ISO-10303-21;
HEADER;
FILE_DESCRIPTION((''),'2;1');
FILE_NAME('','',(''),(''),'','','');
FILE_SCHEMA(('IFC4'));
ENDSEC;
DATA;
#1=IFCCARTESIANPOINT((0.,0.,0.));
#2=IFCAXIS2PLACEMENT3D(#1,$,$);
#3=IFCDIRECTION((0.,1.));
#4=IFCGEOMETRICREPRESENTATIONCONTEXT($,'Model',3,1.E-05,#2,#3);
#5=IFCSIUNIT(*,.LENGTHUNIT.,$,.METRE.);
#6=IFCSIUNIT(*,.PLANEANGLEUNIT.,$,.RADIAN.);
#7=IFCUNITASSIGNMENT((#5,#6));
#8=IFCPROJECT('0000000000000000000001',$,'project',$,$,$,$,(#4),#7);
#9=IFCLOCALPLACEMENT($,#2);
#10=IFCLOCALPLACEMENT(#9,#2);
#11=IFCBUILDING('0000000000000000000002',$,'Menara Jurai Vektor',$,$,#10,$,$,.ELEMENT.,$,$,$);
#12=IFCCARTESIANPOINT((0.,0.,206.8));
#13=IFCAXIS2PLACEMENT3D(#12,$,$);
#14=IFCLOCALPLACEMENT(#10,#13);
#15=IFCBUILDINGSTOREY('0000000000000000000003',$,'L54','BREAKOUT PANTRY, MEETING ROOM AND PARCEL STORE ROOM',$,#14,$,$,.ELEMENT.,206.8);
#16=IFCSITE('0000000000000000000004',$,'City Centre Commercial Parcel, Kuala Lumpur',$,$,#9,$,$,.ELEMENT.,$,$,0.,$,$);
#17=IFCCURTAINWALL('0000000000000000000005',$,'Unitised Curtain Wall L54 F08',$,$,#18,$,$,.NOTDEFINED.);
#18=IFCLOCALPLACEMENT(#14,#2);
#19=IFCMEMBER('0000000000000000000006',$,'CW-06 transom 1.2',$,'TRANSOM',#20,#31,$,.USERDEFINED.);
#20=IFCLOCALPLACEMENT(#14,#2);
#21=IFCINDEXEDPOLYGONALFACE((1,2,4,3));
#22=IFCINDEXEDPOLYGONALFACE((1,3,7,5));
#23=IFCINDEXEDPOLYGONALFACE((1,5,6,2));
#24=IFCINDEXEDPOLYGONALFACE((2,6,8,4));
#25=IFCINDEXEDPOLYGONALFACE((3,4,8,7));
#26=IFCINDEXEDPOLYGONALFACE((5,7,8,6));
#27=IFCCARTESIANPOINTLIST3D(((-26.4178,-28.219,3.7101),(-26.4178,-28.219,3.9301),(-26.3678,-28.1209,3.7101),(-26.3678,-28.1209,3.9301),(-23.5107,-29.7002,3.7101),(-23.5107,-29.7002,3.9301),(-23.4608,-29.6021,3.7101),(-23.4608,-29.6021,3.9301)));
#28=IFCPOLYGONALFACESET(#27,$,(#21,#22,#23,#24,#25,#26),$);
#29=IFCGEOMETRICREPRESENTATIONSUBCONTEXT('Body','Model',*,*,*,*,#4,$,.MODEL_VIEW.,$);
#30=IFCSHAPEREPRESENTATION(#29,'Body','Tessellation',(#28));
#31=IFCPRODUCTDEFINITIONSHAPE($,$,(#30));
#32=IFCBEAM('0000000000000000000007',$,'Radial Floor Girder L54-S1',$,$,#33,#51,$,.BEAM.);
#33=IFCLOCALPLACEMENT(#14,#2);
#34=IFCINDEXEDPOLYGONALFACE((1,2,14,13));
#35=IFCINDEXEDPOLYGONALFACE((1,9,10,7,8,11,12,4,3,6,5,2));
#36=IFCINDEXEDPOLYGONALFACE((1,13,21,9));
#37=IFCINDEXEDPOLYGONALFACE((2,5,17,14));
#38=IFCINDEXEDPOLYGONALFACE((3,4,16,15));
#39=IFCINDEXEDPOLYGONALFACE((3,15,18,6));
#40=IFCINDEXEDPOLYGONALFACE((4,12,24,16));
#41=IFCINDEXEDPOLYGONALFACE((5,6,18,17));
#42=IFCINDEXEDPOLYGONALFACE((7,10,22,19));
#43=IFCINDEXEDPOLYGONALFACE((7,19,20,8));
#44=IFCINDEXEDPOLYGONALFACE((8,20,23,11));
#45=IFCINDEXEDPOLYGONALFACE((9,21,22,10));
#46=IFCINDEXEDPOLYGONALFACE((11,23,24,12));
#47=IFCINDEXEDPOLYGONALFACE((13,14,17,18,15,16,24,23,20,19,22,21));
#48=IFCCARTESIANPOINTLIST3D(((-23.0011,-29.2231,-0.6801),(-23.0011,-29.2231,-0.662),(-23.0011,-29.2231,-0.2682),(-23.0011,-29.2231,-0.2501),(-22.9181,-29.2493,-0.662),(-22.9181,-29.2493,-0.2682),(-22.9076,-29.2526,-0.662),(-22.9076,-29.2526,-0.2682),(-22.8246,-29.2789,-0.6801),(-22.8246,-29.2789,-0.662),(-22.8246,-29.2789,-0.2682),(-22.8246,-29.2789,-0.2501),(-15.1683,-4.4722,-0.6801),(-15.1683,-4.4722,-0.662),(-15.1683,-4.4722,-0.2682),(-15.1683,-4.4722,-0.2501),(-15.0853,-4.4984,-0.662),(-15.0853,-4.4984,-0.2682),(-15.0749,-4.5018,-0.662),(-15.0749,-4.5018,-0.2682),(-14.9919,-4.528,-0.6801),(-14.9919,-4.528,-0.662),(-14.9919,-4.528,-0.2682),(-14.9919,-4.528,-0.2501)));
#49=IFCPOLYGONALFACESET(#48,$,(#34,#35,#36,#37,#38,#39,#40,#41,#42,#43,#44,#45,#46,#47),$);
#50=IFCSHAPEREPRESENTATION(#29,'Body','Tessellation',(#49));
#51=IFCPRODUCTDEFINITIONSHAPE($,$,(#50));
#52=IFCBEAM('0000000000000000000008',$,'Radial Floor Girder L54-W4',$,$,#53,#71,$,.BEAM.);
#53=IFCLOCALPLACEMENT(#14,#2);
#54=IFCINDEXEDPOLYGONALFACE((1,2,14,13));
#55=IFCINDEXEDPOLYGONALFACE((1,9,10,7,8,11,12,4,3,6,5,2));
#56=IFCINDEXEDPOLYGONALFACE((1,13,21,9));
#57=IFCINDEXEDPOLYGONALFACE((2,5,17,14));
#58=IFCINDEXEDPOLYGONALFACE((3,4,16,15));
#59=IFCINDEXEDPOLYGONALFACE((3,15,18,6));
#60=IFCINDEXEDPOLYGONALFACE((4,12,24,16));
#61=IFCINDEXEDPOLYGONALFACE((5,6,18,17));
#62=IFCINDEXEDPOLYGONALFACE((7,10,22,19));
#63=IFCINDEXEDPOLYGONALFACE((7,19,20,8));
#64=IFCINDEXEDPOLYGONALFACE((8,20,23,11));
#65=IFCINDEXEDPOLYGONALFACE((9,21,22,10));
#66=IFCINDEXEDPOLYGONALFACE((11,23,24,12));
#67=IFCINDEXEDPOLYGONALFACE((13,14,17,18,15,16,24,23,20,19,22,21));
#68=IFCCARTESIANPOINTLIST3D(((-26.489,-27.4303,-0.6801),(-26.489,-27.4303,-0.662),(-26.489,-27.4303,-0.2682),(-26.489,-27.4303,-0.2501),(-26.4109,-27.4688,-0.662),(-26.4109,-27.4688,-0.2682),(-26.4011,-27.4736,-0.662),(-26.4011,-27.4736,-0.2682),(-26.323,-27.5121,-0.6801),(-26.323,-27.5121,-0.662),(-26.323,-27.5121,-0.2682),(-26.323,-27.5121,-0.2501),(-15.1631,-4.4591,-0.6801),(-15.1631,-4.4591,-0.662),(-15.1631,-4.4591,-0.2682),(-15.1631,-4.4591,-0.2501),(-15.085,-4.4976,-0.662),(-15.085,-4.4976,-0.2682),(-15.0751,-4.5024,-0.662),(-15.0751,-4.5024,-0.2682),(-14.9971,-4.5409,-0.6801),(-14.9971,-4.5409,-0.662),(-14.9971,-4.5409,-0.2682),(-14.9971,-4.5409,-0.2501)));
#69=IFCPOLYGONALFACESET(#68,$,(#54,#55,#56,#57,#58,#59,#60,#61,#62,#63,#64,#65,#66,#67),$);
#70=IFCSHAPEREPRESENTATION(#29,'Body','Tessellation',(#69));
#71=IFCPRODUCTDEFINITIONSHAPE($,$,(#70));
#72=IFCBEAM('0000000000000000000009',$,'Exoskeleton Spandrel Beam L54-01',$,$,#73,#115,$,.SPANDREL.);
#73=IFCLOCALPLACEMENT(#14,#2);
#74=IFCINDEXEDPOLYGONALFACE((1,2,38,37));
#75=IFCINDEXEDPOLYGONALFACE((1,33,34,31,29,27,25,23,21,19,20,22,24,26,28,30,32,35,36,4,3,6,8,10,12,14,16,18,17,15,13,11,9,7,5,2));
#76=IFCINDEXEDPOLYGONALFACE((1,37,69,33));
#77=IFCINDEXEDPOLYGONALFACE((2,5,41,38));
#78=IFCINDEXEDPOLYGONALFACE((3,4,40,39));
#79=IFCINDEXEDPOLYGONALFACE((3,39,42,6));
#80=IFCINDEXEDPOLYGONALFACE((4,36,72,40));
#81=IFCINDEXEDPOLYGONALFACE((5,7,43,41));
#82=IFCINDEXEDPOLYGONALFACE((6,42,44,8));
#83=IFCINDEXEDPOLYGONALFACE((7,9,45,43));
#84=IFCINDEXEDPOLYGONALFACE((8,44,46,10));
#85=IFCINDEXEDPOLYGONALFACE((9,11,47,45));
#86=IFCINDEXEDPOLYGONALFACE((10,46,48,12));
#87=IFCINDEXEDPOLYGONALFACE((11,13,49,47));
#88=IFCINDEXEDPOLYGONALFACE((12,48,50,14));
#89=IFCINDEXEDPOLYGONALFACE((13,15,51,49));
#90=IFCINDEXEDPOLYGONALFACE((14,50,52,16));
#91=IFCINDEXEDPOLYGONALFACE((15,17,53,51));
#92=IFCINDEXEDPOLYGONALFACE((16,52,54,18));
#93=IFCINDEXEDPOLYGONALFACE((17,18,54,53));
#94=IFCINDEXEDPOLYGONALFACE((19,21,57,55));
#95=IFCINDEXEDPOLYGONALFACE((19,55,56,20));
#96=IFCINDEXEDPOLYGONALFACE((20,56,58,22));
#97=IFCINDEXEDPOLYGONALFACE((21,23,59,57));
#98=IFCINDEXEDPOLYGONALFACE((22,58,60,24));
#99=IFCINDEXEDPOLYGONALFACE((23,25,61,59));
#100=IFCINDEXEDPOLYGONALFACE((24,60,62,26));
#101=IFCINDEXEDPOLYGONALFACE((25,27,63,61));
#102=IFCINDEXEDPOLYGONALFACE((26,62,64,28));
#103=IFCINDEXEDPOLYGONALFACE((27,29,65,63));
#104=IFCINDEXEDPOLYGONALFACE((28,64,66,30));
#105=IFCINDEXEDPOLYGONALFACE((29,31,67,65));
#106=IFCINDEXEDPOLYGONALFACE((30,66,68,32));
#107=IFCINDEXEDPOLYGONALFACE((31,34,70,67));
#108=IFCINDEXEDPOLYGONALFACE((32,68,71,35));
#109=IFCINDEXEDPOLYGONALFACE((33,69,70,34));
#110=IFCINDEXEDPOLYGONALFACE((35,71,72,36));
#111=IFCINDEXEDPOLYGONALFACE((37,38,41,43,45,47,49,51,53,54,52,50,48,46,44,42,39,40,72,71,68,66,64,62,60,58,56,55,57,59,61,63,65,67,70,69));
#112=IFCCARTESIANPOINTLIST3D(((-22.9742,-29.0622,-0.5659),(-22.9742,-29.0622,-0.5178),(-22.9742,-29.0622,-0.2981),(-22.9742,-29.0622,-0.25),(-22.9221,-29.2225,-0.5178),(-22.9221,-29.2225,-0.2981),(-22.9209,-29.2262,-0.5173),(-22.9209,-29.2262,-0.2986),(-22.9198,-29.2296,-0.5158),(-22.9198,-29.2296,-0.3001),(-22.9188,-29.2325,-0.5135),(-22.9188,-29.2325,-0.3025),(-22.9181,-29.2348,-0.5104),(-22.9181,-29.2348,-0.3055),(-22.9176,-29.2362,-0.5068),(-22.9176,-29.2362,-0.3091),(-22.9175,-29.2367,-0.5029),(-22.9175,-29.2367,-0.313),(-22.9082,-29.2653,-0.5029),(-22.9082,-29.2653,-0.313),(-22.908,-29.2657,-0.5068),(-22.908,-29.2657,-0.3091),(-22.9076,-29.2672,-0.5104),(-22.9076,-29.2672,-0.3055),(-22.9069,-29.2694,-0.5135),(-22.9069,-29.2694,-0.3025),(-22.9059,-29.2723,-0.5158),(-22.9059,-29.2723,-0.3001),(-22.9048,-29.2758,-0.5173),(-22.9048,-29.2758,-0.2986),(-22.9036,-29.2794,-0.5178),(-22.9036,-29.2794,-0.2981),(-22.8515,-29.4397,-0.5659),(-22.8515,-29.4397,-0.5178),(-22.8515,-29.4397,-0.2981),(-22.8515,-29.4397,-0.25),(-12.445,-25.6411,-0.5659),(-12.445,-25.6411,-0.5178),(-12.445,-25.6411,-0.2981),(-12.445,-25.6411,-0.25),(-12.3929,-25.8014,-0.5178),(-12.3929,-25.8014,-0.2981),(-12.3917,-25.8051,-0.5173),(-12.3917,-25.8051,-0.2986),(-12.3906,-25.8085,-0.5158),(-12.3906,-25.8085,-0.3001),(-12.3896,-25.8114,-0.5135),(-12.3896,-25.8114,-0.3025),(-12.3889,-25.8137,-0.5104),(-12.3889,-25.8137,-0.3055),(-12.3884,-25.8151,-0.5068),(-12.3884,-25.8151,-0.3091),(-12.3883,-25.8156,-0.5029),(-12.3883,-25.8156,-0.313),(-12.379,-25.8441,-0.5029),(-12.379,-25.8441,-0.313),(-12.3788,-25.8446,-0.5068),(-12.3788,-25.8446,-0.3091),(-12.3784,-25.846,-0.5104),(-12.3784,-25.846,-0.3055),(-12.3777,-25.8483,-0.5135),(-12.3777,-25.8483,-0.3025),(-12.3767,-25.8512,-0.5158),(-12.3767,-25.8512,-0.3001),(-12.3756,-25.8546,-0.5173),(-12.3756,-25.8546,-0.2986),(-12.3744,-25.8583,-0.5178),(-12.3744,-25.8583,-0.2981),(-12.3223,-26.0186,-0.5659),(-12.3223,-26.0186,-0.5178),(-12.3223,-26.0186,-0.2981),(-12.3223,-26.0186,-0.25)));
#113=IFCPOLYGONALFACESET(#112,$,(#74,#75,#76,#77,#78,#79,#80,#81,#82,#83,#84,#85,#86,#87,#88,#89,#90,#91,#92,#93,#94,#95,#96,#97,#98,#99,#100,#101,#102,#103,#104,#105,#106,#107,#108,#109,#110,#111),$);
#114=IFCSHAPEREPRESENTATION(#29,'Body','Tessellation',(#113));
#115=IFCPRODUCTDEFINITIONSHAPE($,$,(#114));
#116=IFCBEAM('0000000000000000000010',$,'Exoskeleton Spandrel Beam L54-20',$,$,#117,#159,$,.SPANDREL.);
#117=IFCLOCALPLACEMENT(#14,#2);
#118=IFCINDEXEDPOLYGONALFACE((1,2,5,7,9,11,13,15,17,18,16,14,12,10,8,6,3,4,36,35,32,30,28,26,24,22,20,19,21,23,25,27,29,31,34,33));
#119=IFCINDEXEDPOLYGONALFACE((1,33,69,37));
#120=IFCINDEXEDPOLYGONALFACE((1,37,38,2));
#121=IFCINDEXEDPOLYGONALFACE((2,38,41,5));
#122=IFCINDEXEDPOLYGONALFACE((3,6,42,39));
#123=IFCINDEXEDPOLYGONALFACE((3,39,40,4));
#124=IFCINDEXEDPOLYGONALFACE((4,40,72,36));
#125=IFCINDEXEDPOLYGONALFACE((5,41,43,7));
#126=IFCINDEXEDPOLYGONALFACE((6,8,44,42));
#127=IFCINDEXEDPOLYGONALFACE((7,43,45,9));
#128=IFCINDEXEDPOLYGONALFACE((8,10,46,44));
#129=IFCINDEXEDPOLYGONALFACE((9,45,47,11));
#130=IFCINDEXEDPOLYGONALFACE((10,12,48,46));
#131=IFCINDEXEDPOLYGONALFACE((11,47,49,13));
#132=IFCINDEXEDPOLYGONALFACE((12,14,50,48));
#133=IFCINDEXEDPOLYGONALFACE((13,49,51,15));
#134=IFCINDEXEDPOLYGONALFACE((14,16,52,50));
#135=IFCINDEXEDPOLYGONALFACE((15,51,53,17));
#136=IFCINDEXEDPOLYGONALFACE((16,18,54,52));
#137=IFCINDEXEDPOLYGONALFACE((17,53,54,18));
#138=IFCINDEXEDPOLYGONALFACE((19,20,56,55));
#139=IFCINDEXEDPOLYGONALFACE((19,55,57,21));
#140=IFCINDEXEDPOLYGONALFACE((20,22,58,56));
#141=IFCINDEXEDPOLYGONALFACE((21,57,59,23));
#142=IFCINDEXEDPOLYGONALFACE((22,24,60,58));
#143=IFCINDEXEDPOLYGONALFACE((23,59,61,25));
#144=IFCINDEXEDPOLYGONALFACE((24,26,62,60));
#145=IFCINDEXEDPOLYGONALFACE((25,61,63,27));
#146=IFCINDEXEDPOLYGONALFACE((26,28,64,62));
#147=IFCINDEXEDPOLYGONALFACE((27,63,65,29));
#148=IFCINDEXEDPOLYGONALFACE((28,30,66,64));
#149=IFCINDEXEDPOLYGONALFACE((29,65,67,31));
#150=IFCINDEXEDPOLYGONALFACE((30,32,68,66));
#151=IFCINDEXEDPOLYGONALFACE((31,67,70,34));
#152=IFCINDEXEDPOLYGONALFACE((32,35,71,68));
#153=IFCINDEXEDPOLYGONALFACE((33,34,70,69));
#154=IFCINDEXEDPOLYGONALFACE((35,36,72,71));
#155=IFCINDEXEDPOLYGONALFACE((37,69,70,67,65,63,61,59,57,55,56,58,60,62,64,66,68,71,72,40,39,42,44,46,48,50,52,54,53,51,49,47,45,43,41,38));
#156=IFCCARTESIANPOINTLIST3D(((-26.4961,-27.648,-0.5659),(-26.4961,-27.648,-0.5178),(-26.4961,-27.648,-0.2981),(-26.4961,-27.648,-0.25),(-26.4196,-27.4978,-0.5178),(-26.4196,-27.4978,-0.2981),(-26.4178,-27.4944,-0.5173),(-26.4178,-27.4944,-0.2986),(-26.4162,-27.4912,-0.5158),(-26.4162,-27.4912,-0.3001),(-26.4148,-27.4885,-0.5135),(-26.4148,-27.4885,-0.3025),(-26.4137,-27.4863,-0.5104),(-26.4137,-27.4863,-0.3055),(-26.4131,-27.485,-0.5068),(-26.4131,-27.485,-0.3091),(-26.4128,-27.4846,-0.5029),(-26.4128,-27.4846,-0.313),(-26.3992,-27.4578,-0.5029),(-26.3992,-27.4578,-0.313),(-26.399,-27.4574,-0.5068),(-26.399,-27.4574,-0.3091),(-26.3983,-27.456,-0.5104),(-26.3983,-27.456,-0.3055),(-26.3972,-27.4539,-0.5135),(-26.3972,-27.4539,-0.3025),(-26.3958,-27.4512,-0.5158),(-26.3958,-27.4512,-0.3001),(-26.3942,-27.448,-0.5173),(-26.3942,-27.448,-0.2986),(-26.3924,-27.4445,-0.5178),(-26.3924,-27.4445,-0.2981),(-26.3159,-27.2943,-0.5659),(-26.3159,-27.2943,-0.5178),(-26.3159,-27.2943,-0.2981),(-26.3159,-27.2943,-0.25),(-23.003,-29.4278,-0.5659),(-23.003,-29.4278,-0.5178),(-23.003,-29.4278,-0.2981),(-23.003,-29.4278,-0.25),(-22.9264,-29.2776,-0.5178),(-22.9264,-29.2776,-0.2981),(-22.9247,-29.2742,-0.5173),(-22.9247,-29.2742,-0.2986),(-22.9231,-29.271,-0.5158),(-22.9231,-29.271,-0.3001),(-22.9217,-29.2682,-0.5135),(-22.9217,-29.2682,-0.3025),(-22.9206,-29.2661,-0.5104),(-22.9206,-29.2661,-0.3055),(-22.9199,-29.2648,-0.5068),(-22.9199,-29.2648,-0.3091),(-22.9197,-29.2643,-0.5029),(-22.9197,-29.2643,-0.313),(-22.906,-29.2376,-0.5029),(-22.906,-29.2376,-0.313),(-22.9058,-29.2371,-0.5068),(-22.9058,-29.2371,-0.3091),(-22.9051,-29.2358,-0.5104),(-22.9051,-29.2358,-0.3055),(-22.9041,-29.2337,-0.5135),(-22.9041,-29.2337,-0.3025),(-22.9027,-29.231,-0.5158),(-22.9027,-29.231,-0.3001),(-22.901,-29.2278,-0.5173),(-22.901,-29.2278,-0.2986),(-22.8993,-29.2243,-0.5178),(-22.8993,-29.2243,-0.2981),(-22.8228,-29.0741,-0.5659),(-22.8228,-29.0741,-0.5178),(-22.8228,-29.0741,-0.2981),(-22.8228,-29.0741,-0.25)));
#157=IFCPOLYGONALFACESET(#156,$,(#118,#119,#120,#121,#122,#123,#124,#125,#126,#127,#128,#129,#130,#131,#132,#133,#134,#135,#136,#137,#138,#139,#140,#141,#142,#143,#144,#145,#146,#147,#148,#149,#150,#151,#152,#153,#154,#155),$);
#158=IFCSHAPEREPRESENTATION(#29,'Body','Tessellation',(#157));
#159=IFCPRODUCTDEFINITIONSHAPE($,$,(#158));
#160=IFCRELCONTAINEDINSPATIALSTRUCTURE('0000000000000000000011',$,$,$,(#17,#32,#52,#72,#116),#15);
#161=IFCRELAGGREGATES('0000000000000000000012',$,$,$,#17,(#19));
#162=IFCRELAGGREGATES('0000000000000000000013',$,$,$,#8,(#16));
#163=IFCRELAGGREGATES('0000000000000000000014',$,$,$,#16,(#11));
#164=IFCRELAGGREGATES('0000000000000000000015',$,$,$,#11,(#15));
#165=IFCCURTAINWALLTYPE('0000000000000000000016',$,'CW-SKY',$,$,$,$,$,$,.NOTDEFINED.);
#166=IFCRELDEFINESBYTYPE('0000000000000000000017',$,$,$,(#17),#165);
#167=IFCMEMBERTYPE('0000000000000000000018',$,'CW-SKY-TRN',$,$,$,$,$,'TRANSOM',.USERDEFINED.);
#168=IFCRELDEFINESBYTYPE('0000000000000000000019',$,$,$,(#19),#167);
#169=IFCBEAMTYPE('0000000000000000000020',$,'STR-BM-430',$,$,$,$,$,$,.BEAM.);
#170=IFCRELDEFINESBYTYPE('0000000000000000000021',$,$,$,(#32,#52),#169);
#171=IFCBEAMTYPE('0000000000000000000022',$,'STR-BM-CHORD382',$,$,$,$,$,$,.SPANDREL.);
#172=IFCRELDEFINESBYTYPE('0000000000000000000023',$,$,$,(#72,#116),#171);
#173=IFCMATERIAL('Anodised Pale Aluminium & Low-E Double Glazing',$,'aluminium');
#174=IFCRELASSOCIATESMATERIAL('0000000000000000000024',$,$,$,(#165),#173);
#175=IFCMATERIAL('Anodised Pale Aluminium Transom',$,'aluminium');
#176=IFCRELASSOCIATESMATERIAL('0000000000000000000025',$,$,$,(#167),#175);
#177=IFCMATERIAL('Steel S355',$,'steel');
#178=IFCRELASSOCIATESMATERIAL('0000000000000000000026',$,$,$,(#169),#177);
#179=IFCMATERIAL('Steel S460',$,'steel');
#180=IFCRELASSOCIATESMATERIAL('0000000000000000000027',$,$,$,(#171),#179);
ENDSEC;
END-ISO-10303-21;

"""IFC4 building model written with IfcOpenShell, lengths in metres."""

from ifc_helpers import new_model, si_unit, direction, frame, origin, origin_2d, place, context, subcontext, project, spatial, rectangle, i_section, extrude, material, material_profile, profile_set, type_object, element, aggregate, save


model = new_model("IFC4")

# Units and contexts
model_context = context("Model", 3, precision=1e-05, world=origin(), true_north=direction((0.0, 1.0)))
body_context = subcontext(model_context, "Body", "Model", "MODEL_VIEW")
ifc_project = project(units=[si_unit("LENGTHUNIT", "METRE"), si_unit("PLANEANGLEUNIT", "RADIAN")], contexts=[model_context])

# Site, building, storey
site_placement = place(None, origin())
site = spatial("IfcSite", under=ifc_project, at=site_placement, Name="City Centre Commercial Parcel, Kuala Lumpur", CompositionType="ELEMENT", RefElevation=0.0)
building_placement = place(site_placement, origin())
building = spatial("IfcBuilding", under=site, at=building_placement, Name="Menara Jurai Vektor", CompositionType="ELEMENT")
storey_placement = place(building_placement, frame((0.0, 0.0, 206.8)))
storey = spatial("IfcBuildingStorey", under=building, at=storey_placement, Name="L54", Description="BREAKOUT PANTRY, MEETING ROOM AND PARCEL STORE ROOM", CompositionType="ELEMENT", Elevation=206.8)

# Shared definitions
ifc_material_1 = material(Name="Steel S460", Category="steel")

# Shared definitions
ifc_material_2 = material(Name="Anodised Pale Aluminium & Low-E Double Glazing", Category="aluminium")
curtain_wall_type = type_object("IfcCurtainWallType", Name="CW-SKY", PredefinedType="NOTDEFINED", material=ifc_material_2)

# Curtain wall
curtain_wall_1_placement = place(storey_placement, origin())
curtain_wall_1 = element("IfcCurtainWall", 1, at=curtain_wall_1_placement, inside=storey, type_object=curtain_wall_type, Name="Unitised Curtain Wall L54 F08", PredefinedType="NOTDEFINED")

# Member
ifc_material_3 = material(Name="Anodised Pale Aluminium Transom", Category="aluminium")
ifc_material_profile_1 = material_profile(ifc_material_3, rectangle(XDim=0.1101, YDim=0.22, at=origin_2d()), Name="ALU TRN 110x220")
ifc_profile_set_1 = profile_set([ifc_material_profile_1], Name="Anodised Pale Aluminium Transom")
member_type_1 = type_object("IfcMemberType", Name="CW-SKY-TRN", ElementType="TRANSOM", PredefinedType="USERDEFINED", material=ifc_profile_set_1)
member_1_placement = place(storey_placement, frame((-26.3928, -28.1699, 3.8201), z_axis=(0.891004, -0.453995, 0.0), x_axis=(0.453995, 0.891004, 0.0)))
member_1 = element("IfcMember", 2, at=member_1_placement, type_object=member_type_1, Name="CW-06 transom 1.2", ObjectType="TRANSOM", PredefinedType="USERDEFINED", context=body_context, shape_type="SweptSolid", body=[
    extrude(rectangle(XDim=0.1101, YDim=0.22, at=origin_2d()), origin(), (0.0, 0.0, 1.0), 3.2627),
])

# Beams
ifc_material_4 = material(Name="Steel S355", Category="steel")
ifc_material_profile_2 = material_profile(ifc_material_4, i_section(OverallWidth=0.1851, OverallDepth=0.4299, WebThickness=0.011, FlangeThickness=0.0181, at=origin_2d()), Name="PG 430x185x76")
ifc_profile_set_2 = profile_set([ifc_material_profile_2], Name="Steel S355")
beam_type_1 = type_object("IfcBeamType", Name="STR-BM-430", PredefinedType="BEAM", material=ifc_profile_set_2)
beam_1_placement = place(storey_placement, frame((-22.9128, -29.251, -0.4651), z_axis=(0.301715, 0.953398, 0.0), x_axis=(-0.953398, 0.301715, 0.0)))
element("IfcBeam", 3, at=beam_1_placement, inside=storey, type_object=beam_type_1, Name="Radial Floor Girder L54-S1", PredefinedType="BEAM", context=body_context, shape_type="SweptSolid", body=[
    extrude(i_section(OverallWidth=0.1851, OverallDepth=0.4299, WebThickness=0.011, FlangeThickness=0.0181, at=origin_2d()), origin(), (0.0, 0.0, 1.0), 25.9607),
])
beam_2_placement = place(storey_placement, frame((-26.406, -27.4712, -0.4651), z_axis=(0.442219, 0.896907, 0.0), x_axis=(-0.896907, 0.442219, 0.0)))
element("IfcBeam", 4, at=beam_2_placement, inside=storey, type_object=beam_type_1, Name="Radial Floor Girder L54-W4", PredefinedType="BEAM", context=body_context, shape_type="SweptSolid", body=[
    extrude(i_section(OverallWidth=0.1851, OverallDepth=0.4299, WebThickness=0.011, FlangeThickness=0.0181, at=origin_2d()), origin(), (0.0, 0.0, 1.0), 25.6116),
])
ifc_material_profile_3 = material_profile(ifc_material_1, i_section(OverallWidth=0.397, OverallDepth=0.3159, WebThickness=0.03, FlangeThickness=0.0481, FilletRadius=0.0149, at=origin_2d()), Name="HD 400x382")
ifc_profile_set_3 = profile_set([ifc_material_profile_3], Name="Steel S460")
beam_type_2 = type_object("IfcBeamType", Name="STR-BM-CHORD382", PredefinedType="SPANDREL", material=ifc_profile_set_3)
beam_3_placement = place(storey_placement, frame((-22.9128, -29.251, -0.408), z_axis=(0.951057, 0.309014, 0.0), x_axis=(-0.309014, 0.951057, 0.0)))
element("IfcBeam", 5, at=beam_3_placement, inside=storey, type_object=beam_type_2, Name="Exoskeleton Spandrel Beam L54-01", PredefinedType="SPANDREL", context=body_context, shape_type="SweptSolid", body=[
    extrude(i_section(OverallWidth=0.397, OverallDepth=0.3159, WebThickness=0.03, FlangeThickness=0.0481, FilletRadius=0.0149, at=origin_2d()), origin(), (0.0, 0.0, 1.0), 11.071),
])
beam_4_placement = place(storey_placement, frame((-26.406, -27.4712, -0.408), z_axis=(0.891014, -0.453976, 0.0), x_axis=(0.453976, 0.891014, 0.0)))
element("IfcBeam", 6, at=beam_4_placement, inside=storey, type_object=beam_type_2, Name="Exoskeleton Spandrel Beam L54-20", PredefinedType="SPANDREL", context=body_context, shape_type="SweptSolid", body=[
    extrude(i_section(OverallWidth=0.397, OverallDepth=0.3159, WebThickness=0.03, FlangeThickness=0.0481, FilletRadius=0.0149, at=origin_2d()), origin(), (0.0, 0.0, 1.0), 3.9204),
])

aggregate(curtain_wall_1, [member_1])

save(model, "model.ifc")
